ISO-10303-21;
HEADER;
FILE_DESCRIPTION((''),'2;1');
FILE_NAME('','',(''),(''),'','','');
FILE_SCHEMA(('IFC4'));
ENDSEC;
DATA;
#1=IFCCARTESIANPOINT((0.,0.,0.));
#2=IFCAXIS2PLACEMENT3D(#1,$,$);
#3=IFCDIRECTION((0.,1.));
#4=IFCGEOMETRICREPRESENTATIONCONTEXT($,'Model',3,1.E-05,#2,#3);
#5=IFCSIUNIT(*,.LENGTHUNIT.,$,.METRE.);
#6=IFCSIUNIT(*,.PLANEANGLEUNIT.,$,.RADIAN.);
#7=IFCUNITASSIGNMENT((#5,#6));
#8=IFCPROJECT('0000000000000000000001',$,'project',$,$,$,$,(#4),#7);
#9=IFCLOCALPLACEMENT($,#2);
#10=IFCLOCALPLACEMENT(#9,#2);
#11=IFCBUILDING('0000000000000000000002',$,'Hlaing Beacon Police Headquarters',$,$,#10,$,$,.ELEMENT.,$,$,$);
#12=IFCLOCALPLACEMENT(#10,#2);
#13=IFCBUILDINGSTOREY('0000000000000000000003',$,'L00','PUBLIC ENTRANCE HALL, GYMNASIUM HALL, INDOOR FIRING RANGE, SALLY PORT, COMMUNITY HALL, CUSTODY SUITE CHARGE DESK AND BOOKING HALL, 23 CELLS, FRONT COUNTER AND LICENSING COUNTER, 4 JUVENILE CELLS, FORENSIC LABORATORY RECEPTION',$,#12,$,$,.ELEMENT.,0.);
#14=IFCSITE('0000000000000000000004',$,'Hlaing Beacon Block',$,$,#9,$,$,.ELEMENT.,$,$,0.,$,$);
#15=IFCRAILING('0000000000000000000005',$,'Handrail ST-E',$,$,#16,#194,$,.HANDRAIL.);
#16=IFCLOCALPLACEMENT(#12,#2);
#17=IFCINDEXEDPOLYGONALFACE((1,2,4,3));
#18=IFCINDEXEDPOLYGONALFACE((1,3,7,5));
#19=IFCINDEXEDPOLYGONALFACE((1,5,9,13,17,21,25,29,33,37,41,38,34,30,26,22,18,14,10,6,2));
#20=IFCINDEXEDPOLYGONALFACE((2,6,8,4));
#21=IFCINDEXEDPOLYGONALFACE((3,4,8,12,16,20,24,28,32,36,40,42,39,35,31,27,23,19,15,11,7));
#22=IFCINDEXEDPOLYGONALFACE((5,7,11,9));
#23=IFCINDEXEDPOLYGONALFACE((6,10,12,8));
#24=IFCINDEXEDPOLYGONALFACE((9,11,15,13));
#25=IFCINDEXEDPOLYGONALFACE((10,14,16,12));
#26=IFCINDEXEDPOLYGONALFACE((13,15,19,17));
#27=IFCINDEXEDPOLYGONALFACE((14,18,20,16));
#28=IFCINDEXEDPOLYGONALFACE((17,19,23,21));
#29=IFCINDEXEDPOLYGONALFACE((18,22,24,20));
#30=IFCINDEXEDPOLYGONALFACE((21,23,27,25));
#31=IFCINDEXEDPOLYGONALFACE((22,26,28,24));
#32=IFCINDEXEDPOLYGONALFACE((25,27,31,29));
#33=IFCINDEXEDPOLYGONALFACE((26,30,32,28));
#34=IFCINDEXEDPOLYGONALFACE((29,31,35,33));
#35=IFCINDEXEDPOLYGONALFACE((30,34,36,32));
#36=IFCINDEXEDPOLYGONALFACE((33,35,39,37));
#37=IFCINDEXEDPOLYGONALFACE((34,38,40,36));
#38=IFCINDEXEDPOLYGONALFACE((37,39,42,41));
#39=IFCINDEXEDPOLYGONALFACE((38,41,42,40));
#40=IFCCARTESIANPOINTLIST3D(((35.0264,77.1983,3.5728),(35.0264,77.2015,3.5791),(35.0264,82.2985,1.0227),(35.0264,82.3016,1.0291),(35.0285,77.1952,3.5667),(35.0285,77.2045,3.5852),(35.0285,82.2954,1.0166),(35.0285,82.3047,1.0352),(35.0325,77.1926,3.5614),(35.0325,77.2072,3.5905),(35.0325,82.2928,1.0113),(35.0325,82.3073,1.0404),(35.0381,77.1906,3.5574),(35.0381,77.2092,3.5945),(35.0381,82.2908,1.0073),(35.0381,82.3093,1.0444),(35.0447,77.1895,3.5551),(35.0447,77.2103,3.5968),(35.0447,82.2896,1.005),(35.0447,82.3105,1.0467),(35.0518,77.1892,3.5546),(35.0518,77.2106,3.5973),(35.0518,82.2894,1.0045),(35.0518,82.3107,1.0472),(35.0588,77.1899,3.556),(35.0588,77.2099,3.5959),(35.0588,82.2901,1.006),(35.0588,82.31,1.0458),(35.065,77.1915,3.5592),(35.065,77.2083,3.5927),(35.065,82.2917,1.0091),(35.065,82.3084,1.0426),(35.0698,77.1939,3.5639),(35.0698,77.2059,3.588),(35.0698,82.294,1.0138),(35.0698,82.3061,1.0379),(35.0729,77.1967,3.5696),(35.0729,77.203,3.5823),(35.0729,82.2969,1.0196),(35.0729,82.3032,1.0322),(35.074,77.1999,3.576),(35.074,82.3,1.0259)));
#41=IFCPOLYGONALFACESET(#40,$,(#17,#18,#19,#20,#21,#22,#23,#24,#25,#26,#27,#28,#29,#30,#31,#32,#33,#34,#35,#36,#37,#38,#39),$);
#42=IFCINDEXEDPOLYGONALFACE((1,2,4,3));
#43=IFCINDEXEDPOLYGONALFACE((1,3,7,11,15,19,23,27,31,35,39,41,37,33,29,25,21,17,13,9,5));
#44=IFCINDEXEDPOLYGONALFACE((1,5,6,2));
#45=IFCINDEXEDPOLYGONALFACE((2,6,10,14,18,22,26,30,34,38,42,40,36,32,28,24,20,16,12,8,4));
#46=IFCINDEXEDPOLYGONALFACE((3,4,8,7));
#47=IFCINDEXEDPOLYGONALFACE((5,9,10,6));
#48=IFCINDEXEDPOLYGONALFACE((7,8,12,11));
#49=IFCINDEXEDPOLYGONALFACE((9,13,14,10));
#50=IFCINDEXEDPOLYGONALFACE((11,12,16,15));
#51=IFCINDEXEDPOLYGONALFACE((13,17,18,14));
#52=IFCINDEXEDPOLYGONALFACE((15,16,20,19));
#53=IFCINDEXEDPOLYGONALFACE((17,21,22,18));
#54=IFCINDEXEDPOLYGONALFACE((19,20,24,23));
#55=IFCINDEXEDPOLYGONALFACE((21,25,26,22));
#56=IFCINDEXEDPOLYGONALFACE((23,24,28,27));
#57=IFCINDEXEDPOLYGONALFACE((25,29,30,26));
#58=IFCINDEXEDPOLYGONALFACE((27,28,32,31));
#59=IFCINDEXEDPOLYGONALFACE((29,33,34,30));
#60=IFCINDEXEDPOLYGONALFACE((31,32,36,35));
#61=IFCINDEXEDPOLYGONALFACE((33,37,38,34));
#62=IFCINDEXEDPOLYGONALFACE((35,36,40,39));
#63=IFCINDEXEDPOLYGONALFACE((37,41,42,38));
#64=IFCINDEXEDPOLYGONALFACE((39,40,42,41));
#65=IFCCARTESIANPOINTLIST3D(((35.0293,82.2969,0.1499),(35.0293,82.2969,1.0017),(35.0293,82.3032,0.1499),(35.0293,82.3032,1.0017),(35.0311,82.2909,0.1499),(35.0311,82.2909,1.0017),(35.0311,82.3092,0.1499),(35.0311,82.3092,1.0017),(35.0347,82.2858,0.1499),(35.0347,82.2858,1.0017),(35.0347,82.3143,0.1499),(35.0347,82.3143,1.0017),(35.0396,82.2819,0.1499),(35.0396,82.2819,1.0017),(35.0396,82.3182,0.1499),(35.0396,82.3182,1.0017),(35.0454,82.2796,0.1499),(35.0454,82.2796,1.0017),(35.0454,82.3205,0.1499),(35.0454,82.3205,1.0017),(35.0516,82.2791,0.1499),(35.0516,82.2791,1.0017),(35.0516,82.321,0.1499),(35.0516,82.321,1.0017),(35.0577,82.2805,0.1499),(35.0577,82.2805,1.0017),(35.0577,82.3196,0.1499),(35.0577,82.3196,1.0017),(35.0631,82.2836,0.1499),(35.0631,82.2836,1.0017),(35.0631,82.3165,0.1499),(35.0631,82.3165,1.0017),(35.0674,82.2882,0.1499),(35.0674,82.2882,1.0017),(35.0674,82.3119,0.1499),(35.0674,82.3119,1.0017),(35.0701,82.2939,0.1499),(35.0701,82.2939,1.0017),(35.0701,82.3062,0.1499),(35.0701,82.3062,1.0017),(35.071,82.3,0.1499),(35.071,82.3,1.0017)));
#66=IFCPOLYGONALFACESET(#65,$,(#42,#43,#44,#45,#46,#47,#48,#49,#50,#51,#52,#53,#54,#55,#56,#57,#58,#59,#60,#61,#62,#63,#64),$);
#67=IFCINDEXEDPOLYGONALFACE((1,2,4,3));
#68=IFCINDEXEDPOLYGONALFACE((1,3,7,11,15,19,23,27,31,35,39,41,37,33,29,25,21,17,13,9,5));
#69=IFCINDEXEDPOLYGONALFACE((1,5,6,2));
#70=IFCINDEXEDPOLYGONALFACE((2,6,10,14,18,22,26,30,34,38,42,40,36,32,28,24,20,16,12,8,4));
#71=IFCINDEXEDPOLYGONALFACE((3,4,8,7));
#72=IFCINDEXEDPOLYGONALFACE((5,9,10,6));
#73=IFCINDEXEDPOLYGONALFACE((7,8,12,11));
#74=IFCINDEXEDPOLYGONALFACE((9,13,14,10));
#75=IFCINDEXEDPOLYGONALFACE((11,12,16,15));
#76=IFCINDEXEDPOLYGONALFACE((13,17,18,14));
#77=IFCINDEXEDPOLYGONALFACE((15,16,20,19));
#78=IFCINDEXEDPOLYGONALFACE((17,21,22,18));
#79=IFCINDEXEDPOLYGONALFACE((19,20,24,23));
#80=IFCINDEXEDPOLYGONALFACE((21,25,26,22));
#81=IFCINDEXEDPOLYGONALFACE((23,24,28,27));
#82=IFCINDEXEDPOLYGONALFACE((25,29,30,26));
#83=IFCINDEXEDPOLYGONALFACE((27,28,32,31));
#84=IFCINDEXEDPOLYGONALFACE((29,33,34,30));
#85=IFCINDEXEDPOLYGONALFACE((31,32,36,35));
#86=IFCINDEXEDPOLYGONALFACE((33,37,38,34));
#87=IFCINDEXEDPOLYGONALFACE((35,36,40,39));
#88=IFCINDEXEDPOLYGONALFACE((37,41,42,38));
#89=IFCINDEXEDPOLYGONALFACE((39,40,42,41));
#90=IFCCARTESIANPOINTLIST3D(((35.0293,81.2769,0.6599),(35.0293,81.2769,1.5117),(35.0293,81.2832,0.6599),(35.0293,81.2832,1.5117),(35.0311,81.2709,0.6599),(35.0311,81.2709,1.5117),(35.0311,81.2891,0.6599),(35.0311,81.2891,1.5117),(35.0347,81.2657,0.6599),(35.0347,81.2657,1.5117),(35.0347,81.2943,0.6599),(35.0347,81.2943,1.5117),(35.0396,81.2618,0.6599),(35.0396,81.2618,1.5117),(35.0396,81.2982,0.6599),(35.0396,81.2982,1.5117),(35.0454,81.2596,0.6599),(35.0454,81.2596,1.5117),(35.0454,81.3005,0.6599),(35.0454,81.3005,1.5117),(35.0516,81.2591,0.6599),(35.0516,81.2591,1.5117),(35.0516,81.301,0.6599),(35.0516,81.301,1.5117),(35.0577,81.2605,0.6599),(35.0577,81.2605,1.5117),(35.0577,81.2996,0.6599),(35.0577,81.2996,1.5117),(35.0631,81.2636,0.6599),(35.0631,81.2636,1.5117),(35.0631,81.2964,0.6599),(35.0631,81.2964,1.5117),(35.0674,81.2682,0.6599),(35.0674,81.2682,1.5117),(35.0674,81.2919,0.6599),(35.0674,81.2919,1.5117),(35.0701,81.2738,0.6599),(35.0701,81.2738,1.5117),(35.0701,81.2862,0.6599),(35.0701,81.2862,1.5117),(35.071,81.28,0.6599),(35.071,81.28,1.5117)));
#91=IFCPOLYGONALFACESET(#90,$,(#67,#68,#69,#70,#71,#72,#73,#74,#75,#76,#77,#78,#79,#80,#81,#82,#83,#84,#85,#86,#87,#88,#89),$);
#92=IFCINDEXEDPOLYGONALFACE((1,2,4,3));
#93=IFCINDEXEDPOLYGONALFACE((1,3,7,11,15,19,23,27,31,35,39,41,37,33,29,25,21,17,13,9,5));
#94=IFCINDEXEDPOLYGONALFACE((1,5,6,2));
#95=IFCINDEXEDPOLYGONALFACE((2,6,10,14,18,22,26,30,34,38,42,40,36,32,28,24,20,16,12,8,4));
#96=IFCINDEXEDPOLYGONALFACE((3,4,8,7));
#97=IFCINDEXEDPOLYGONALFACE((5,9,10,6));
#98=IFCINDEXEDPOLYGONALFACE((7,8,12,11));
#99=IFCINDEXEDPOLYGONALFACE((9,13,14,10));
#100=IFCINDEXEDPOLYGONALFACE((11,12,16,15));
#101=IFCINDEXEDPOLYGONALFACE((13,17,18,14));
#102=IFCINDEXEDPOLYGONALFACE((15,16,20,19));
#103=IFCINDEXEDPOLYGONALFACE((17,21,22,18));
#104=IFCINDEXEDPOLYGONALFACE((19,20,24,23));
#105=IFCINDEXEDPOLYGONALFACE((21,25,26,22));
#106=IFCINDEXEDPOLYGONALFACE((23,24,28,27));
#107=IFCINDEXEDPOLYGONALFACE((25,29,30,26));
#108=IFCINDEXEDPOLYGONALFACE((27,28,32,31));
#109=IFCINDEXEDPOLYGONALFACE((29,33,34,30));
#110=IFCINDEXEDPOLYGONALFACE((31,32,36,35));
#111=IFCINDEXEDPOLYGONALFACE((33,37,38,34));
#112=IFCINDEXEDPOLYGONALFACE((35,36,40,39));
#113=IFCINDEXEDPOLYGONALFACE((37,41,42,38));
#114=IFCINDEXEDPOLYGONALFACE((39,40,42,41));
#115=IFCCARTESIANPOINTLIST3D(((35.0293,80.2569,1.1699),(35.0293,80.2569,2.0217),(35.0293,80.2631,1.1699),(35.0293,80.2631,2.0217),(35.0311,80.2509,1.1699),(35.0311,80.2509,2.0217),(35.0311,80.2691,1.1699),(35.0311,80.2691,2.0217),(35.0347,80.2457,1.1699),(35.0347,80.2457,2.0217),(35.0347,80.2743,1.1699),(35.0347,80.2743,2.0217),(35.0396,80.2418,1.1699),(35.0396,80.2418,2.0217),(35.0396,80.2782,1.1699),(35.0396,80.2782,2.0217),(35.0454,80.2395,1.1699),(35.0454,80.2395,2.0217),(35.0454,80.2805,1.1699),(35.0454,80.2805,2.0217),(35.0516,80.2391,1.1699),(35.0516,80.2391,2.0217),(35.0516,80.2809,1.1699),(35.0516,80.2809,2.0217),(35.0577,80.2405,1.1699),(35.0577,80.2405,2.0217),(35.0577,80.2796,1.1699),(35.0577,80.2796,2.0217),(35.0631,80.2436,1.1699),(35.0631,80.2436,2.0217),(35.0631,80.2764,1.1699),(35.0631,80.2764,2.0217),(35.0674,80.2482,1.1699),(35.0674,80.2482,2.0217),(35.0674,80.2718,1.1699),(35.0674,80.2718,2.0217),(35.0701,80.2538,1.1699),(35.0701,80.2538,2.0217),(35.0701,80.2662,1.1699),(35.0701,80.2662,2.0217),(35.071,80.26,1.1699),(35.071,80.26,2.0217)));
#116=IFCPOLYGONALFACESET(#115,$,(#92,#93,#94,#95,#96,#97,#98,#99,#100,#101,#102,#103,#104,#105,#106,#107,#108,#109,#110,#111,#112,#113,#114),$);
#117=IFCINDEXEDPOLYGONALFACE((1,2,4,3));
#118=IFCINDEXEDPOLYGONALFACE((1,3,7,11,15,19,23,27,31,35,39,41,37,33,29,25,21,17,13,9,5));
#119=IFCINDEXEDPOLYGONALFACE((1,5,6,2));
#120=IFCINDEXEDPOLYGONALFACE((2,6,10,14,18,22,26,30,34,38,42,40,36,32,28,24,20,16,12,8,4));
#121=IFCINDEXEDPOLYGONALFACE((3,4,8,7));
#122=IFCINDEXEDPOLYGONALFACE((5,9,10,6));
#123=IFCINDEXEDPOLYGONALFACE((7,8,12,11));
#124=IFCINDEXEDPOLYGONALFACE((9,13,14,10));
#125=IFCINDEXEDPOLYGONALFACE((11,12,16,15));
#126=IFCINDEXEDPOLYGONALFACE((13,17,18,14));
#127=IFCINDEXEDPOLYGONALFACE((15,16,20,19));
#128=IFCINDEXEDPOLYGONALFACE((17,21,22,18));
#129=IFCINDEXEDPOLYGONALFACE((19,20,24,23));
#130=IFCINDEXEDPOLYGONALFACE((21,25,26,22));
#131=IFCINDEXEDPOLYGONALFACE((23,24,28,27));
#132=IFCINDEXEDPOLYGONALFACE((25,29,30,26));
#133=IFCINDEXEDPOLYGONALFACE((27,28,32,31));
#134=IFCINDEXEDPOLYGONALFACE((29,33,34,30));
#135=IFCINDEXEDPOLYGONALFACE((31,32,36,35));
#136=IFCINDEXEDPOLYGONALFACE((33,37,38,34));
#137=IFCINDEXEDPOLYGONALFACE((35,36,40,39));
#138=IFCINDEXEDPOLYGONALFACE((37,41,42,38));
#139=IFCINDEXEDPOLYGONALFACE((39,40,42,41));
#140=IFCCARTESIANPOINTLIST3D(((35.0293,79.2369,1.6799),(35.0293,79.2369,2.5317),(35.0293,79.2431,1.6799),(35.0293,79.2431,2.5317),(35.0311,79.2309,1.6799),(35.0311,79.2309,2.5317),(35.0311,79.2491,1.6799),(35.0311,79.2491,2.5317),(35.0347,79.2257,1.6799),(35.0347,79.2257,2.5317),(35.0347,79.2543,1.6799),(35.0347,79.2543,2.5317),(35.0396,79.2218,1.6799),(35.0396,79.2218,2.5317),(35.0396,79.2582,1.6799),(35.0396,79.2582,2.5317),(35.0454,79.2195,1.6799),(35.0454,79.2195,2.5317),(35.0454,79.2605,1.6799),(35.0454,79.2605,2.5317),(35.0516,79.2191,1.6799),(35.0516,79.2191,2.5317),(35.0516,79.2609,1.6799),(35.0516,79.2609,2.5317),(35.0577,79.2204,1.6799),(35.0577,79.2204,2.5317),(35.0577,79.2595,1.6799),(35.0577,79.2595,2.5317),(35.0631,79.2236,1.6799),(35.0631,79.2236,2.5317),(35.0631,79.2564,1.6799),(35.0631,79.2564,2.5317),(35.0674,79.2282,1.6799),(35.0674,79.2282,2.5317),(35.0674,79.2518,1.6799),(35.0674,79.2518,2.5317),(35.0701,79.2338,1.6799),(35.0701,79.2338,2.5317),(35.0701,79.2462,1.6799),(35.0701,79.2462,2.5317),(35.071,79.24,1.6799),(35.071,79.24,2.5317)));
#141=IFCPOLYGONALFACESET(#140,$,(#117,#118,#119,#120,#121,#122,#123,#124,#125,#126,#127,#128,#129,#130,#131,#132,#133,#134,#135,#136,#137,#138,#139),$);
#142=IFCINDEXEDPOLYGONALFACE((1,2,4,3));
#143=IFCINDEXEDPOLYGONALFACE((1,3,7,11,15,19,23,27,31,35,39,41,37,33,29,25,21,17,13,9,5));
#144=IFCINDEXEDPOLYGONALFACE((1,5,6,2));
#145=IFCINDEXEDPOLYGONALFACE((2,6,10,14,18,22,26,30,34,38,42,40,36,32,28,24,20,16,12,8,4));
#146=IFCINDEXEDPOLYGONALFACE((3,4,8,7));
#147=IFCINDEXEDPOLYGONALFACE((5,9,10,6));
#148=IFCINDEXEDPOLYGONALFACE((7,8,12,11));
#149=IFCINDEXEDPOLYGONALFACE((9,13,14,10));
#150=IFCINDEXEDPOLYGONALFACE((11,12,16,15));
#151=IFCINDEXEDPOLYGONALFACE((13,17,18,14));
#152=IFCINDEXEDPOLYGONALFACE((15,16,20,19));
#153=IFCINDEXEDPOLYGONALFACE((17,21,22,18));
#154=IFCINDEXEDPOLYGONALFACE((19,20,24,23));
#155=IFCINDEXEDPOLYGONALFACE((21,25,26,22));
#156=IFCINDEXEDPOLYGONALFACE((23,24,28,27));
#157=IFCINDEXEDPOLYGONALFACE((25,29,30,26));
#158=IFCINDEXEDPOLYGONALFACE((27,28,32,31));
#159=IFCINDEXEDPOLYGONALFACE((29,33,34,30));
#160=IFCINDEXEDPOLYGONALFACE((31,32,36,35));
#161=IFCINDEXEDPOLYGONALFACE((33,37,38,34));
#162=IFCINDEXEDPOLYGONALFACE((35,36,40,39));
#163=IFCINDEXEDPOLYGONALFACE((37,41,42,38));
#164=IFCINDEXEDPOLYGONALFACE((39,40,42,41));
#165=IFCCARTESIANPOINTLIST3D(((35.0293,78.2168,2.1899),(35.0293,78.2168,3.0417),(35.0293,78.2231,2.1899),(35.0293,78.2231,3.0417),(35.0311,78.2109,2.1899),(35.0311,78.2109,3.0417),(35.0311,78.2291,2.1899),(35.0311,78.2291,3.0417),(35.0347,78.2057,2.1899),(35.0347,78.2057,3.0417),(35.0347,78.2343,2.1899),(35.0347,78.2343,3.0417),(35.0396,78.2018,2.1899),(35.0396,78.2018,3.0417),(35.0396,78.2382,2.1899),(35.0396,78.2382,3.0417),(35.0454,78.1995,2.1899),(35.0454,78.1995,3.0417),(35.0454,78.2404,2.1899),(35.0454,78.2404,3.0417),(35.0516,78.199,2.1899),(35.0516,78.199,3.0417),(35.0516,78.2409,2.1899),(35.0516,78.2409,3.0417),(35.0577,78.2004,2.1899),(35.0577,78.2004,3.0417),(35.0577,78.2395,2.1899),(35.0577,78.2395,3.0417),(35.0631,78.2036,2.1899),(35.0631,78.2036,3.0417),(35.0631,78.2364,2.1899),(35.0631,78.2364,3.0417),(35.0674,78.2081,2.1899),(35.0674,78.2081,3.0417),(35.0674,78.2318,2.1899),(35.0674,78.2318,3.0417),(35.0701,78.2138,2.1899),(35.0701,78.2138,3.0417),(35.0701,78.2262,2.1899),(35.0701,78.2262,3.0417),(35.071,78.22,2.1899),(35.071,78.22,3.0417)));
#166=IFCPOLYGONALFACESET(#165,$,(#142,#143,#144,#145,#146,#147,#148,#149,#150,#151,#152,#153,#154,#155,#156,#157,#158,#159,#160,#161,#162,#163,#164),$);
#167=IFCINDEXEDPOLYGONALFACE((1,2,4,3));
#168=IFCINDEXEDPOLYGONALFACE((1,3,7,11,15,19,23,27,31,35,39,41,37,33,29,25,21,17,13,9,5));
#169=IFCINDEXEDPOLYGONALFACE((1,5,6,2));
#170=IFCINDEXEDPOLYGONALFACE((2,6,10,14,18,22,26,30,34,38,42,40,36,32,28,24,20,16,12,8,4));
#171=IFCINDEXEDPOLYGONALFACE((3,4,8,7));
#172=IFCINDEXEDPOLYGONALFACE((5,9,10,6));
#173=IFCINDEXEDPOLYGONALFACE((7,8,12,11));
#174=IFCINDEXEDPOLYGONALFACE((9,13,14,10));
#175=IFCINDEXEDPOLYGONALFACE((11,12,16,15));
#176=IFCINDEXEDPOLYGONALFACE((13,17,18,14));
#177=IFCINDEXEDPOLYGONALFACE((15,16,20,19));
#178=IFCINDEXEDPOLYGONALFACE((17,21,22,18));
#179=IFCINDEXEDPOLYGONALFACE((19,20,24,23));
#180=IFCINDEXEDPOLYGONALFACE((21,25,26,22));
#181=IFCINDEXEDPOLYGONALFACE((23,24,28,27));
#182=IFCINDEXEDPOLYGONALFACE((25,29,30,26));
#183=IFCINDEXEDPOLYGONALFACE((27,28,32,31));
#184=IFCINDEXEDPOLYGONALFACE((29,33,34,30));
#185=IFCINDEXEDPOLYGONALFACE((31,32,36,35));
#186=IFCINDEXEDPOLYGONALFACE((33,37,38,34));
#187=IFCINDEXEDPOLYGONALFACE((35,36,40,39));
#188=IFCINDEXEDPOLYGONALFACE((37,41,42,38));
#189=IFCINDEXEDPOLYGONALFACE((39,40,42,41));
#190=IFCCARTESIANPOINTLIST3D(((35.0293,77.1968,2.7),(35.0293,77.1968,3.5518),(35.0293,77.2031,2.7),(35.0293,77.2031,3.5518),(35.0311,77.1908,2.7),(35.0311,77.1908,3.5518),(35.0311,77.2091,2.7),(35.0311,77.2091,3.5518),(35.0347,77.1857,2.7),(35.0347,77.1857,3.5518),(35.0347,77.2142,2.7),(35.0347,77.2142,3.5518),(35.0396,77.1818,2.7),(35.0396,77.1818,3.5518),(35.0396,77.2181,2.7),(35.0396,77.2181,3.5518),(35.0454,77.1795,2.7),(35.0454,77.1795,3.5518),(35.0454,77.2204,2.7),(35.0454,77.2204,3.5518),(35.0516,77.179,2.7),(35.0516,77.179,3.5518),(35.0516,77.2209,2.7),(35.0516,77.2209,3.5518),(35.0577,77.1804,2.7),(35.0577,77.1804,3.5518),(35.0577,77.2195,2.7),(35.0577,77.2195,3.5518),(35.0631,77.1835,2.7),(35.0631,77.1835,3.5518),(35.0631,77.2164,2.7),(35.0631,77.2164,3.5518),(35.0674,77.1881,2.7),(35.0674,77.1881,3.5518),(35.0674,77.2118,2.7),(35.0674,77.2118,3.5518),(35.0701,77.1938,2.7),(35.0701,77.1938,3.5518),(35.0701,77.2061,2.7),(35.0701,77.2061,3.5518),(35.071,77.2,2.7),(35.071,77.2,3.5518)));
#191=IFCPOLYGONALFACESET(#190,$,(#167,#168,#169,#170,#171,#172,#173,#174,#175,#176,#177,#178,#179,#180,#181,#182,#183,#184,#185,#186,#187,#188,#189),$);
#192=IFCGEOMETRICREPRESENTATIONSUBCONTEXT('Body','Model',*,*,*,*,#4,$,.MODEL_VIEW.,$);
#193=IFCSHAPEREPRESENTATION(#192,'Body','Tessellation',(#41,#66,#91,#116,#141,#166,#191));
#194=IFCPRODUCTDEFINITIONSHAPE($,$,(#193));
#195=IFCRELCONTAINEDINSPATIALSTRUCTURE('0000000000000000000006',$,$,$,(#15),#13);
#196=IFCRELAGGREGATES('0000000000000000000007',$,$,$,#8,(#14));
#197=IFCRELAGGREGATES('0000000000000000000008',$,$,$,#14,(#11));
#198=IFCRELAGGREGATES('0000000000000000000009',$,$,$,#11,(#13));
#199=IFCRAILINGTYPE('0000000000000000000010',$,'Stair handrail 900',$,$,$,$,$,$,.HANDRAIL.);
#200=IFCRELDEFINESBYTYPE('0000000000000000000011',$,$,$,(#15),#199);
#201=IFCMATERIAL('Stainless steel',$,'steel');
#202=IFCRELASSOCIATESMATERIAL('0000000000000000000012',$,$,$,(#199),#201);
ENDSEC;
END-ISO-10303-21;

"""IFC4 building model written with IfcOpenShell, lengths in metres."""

from ifc_helpers import new_model, si_unit, direction, frame, origin, origin_2d, place, context, subcontext, project, spatial, circle, extrude, material, type_object, element, save


model = new_model("IFC4")

# Units and contexts
model_context = context("Model", 3, precision=1e-05, world=origin(), true_north=direction((0.0, 1.0)))
body_context = subcontext(model_context, "Body", "Model", "MODEL_VIEW")
ifc_project = project(units=[si_unit("LENGTHUNIT", "METRE"), si_unit("PLANEANGLEUNIT", "RADIAN")], contexts=[model_context])

# Site, building, storey
site_placement = place(None, origin())
site = spatial("IfcSite", under=ifc_project, at=site_placement, Name="Hlaing Beacon Block", CompositionType="ELEMENT", RefElevation=0.0)
building_placement = place(site_placement, origin())
building = spatial("IfcBuilding", under=site, at=building_placement, Name="Hlaing Beacon Police Headquarters", CompositionType="ELEMENT")
storey_placement = place(building_placement, origin())
storey = spatial("IfcBuildingStorey", under=building, at=storey_placement, Name="L00", Description="PUBLIC ENTRANCE HALL, GYMNASIUM HALL, INDOOR FIRING RANGE, SALLY PORT, COMMUNITY HALL, CUSTODY SUITE CHARGE DESK AND BOOKING HALL, 23 CELLS, FRONT COUNTER AND LICENSING COUNTER, 4 JUVENILE CELLS, FORENSIC LABORATORY RECEPTION", CompositionType="ELEMENT", Elevation=0.0)

# Railing
ifc_material_1 = material(Name="Stainless steel", Category="steel")
railing_type_1 = type_object("IfcRailingType", Name="Stair handrail 900", PredefinedType="HANDRAIL", material=ifc_material_1)
for number, where, name in (
    (1, (35.05, 82.3, 0.1499), "Handrail ST-E"),
):
    element("IfcRailing", number, at=place(storey_placement, frame(where)), inside=storey, type_object=railing_type_1, Name=name, PredefinedType="HANDRAIL", context=body_context, shape_type="SweptSolid", body=[
        extrude(circle(Radius=0.0239, at=origin_2d()), frame((0.0, 0.0, 0.876), z_axis=(0.0, -0.894427, 0.447214), x_axis=(1.0, 0.0, 0.0)), (0.0, 0.0, 1.0), 5.7021),
        extrude(circle(Radius=0.021, at=origin_2d()), origin(), (0.0, 0.0, 1.0), 0.8518),
        extrude(circle(Radius=0.021, at=origin_2d()), frame((0.0, -1.02, 0.51)), (0.0, 0.0, 1.0), 0.8518),
        extrude(circle(Radius=0.021, at=origin_2d()), frame((0.0, -2.04, 1.02)), (0.0, 0.0, 1.0), 0.8518),
        extrude(circle(Radius=0.021, at=origin_2d()), frame((0.0, -3.0601, 1.53)), (0.0, 0.0, 1.0), 0.8518),
        extrude(circle(Radius=0.021, at=origin_2d()), frame((0.0, -4.0801, 2.04)), (0.0, 0.0, 1.0), 0.8518),
        extrude(circle(Radius=0.021, at=origin_2d()), frame((0.0, -5.1001, 2.55)), (0.0, 0.0, 1.0), 0.8518),
    ])

save(model, "model.ifc")
